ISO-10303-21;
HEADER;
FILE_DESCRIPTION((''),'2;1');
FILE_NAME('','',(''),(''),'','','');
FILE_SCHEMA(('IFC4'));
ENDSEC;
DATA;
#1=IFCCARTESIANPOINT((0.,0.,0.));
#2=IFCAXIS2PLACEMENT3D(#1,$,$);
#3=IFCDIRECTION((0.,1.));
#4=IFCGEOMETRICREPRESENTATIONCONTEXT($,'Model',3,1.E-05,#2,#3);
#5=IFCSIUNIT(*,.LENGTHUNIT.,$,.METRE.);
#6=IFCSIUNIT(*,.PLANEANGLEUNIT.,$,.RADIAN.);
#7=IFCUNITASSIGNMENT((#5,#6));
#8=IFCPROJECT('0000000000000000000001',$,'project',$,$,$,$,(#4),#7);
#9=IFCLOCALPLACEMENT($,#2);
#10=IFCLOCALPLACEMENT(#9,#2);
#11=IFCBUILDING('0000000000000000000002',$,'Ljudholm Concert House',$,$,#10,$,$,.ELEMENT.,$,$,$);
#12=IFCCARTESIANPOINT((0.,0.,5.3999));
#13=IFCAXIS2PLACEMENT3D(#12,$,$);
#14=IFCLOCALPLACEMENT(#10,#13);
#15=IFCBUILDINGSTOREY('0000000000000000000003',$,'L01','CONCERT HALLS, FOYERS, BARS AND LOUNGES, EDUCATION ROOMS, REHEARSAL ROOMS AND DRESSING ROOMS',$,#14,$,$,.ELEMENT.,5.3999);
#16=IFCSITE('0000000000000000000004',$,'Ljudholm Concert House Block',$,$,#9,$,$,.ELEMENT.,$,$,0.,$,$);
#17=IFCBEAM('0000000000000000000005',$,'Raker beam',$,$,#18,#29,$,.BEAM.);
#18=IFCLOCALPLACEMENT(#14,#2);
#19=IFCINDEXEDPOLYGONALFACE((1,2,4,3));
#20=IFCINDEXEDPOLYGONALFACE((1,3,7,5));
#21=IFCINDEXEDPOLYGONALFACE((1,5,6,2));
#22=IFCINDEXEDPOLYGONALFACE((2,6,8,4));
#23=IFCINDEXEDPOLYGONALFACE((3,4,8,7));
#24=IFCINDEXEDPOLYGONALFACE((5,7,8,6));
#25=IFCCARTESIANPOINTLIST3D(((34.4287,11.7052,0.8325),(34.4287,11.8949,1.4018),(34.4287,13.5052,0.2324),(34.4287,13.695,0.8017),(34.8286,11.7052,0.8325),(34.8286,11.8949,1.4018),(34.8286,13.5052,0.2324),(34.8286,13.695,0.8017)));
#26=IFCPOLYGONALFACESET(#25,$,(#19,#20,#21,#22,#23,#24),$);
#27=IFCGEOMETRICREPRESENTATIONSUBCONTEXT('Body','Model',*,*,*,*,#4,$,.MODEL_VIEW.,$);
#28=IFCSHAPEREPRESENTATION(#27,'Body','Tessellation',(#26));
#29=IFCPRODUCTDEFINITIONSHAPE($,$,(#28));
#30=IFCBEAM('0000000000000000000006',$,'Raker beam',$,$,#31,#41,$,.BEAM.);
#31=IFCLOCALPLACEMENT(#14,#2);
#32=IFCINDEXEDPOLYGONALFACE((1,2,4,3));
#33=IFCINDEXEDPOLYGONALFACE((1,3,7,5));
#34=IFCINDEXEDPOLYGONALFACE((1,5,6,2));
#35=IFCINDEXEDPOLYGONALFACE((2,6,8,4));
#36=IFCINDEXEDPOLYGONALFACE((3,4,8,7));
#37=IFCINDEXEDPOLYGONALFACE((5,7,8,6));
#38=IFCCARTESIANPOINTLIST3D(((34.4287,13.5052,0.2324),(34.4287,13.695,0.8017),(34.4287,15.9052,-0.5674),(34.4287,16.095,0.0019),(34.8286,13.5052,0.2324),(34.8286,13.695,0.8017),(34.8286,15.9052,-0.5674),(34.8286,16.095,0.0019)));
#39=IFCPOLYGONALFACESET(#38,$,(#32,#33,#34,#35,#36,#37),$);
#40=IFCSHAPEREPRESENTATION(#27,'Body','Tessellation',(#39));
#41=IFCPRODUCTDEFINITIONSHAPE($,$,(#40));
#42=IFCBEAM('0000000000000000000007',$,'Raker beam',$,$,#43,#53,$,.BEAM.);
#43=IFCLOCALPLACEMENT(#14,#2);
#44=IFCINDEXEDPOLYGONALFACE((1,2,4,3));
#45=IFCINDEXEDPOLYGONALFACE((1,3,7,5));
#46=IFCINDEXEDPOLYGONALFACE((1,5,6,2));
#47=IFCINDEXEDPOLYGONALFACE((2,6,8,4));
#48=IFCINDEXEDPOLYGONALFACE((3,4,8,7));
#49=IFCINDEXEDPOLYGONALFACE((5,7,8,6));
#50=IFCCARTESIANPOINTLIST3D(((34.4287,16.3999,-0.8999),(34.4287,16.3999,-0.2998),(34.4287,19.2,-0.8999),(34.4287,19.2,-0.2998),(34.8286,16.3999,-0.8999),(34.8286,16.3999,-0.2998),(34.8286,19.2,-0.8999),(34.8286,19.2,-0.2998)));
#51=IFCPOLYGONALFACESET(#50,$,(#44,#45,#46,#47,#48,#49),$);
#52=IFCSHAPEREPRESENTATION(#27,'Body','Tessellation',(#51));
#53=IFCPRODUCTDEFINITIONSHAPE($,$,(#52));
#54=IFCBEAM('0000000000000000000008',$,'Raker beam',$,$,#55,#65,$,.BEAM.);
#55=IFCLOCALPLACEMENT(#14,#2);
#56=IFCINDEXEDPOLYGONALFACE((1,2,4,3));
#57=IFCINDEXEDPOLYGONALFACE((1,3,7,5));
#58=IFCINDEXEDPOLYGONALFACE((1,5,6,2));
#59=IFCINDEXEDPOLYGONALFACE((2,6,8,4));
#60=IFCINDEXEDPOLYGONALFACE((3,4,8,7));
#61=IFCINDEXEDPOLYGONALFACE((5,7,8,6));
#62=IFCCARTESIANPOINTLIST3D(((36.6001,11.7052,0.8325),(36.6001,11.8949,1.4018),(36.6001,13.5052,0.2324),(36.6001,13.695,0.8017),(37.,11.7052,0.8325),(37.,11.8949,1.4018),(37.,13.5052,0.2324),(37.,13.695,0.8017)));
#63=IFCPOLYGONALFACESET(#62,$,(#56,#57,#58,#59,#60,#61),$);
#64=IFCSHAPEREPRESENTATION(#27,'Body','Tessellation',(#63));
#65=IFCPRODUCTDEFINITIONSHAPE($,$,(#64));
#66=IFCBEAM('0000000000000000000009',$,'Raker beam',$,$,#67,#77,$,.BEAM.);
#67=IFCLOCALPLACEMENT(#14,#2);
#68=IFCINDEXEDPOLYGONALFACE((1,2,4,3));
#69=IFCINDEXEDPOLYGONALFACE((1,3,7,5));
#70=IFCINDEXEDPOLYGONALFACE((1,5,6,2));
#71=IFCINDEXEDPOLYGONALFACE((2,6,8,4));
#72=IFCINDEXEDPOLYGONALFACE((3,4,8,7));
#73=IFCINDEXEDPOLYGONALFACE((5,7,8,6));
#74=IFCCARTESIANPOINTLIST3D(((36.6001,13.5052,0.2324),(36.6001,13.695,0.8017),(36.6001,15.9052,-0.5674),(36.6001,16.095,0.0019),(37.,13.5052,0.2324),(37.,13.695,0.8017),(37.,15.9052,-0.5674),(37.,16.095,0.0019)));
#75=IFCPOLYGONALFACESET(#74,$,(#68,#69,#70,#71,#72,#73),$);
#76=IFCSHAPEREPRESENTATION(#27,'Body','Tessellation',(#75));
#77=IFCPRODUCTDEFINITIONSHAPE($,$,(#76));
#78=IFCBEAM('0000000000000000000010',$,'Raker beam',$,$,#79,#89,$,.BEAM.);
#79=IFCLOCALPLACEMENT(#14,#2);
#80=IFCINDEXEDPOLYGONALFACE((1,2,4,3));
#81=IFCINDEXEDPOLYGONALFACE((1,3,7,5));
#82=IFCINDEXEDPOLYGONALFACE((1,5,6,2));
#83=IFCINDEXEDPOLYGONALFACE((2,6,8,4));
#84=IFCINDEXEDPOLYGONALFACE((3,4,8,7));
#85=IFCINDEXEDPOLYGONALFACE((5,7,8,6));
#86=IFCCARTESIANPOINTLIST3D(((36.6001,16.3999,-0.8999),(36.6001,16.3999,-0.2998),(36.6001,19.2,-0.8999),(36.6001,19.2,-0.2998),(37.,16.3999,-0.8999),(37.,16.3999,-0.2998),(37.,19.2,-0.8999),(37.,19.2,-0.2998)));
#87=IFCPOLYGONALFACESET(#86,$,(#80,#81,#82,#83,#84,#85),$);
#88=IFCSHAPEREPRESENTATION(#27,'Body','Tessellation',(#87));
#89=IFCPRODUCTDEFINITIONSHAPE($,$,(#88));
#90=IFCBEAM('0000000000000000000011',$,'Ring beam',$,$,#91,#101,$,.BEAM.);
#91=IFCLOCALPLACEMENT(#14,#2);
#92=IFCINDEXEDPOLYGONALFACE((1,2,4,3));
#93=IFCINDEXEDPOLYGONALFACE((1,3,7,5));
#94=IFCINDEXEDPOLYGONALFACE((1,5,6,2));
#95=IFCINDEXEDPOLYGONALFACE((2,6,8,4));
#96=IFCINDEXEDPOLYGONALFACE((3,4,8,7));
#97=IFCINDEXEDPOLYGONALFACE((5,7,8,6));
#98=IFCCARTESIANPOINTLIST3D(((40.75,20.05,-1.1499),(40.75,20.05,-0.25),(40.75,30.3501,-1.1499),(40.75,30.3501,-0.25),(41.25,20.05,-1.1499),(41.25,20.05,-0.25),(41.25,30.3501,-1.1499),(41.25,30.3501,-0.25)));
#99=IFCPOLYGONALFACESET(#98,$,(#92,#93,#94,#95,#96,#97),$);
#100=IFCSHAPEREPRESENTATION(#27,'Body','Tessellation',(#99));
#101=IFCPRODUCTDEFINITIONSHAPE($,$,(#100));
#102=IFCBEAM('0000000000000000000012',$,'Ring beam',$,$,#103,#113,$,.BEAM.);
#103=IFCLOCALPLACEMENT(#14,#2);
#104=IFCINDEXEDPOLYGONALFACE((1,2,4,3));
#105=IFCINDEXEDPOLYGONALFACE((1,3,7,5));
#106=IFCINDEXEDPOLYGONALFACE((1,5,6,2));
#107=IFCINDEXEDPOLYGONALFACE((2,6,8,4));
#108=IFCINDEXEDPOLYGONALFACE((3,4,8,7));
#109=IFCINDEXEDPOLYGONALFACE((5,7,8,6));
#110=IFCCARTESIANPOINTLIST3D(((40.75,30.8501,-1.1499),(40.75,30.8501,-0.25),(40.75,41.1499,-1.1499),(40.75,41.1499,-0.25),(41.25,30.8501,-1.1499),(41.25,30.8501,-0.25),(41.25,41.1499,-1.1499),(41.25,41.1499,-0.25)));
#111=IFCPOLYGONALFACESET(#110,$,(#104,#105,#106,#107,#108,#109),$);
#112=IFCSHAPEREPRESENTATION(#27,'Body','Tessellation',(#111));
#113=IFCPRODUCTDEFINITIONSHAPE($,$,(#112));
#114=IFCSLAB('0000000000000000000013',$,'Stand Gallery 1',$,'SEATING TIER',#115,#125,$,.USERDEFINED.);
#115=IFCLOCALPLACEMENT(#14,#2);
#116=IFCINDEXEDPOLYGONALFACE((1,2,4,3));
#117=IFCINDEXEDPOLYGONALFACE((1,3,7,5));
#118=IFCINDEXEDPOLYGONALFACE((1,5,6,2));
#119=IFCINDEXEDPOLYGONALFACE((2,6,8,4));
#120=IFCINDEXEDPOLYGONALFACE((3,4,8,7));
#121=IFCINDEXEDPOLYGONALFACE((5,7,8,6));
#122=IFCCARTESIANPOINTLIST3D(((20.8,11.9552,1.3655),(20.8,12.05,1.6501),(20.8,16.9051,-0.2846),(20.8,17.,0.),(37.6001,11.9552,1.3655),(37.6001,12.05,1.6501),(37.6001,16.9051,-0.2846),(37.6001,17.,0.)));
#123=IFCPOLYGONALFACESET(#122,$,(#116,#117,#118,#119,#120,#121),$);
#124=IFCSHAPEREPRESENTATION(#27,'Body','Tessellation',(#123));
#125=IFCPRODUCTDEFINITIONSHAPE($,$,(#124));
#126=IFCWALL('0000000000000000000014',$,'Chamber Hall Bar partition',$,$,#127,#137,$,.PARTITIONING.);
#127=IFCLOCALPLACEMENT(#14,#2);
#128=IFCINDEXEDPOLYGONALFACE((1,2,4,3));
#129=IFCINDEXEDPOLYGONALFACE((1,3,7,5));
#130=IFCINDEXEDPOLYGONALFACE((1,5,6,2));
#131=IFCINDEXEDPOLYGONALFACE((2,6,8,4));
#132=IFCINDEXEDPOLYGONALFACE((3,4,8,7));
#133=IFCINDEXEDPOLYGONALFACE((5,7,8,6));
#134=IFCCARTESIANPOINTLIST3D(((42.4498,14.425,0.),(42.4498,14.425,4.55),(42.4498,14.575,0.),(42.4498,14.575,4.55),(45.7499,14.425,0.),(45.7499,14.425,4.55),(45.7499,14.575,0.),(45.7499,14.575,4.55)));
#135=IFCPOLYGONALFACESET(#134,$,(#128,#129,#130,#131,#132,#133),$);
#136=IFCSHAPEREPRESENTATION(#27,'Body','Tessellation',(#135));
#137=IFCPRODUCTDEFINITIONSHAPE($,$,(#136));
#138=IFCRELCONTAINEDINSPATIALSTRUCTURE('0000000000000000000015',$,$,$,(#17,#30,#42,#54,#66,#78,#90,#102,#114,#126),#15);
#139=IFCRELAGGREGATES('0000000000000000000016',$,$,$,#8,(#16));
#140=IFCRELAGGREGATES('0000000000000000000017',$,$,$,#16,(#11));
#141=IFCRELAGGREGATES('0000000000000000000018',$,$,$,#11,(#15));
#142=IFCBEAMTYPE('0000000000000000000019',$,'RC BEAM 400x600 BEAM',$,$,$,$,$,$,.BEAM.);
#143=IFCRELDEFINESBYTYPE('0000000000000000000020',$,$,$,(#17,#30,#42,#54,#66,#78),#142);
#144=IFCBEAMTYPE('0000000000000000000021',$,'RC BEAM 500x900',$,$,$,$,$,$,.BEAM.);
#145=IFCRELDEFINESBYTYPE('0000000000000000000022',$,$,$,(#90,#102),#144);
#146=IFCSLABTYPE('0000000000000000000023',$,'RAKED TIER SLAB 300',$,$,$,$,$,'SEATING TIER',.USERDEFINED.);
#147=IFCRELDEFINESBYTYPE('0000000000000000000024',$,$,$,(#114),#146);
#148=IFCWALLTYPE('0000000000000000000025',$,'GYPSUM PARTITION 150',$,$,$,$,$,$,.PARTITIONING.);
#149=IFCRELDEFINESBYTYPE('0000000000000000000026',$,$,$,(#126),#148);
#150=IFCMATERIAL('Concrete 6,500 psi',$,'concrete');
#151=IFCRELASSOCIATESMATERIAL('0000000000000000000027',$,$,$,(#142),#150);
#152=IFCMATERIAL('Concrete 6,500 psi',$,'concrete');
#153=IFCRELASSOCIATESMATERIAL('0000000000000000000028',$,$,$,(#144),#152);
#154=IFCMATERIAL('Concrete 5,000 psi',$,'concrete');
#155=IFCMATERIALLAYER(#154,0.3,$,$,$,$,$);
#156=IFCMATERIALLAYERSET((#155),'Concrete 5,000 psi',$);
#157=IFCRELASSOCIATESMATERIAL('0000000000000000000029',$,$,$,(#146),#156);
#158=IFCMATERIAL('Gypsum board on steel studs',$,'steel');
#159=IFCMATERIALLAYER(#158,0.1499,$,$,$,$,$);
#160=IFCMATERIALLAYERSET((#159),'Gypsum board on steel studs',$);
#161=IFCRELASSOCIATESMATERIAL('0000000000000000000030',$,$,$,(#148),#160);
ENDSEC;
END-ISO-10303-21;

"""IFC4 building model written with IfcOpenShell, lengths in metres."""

from ifc_helpers import new_model, si_unit, direction, frame, frame_2d, origin, origin_2d, place, context, subcontext, project, spatial, polyline, rectangle, outline, extrude, material, layer, layer_set, material_profile, profile_set, type_object, element, save


model = new_model("IFC4")

# Units and contexts
model_context = context("Model", 3, precision=1e-05, world=origin(), true_north=direction((0.0, 1.0)))
body_context = subcontext(model_context, "Body", "Model", "MODEL_VIEW")
ifc_project = project(units=[si_unit("LENGTHUNIT", "METRE"), si_unit("PLANEANGLEUNIT", "RADIAN")], contexts=[model_context])

# Site, building, storey
site_placement = place(None, origin())
site = spatial("IfcSite", under=ifc_project, at=site_placement, Name="Ljudholm Concert House Block", CompositionType="ELEMENT", RefElevation=0.0)
building_placement = place(site_placement, origin())
building = spatial("IfcBuilding", under=site, at=building_placement, Name="Ljudholm Concert House", CompositionType="ELEMENT")
storey_placement = place(building_placement, frame((0.0, 0.0, 5.3999)))
storey = spatial("IfcBuildingStorey", under=building, at=storey_placement, Name="L01", Description="CONCERT HALLS, FOYERS, BARS AND LOUNGES, EDUCATION ROOMS, REHEARSAL ROOMS AND DRESSING ROOMS", CompositionType="ELEMENT", Elevation=5.3999)

# Beams
ifc_material_1 = material(Name="Concrete 6,500 psi", Category="concrete")
ifc_material_profile_1 = material_profile(ifc_material_1, rectangle(XDim=0.3999, YDim=0.6001, at=origin_2d()), Name="RC BEAM 400x600 BEAM")
ifc_profile_set_1 = profile_set([ifc_material_profile_1], Name="Concrete 6,500 psi")
beam_type_1 = type_object("IfcBeamType", Name="RC BEAM 400x600 BEAM", PredefinedType="BEAM", material=ifc_profile_set_1)
beam_1_placement = place(storey_placement, frame((34.6287, 11.8, 1.1172), z_axis=(0.0, 0.94867, -0.316266), x_axis=(-1.0, 0.0, 0.0)))
element("IfcBeam", 1, at=beam_1_placement, inside=storey, type_object=beam_type_1, Name="Raker beam", PredefinedType="BEAM", context=body_context, shape_type="SweptSolid", body=[
    extrude(rectangle(XDim=0.3999, YDim=0.6001, at=origin_2d()), origin(), (0.0, 0.0, 1.0), 1.8975),
])
beam_2_placement = place(storey_placement, frame((34.6287, 13.6001, 0.5171), z_axis=(0.0, 0.948703, -0.31617), x_axis=(-1.0, 0.0, 0.0)))
element("IfcBeam", 2, at=beam_2_placement, inside=storey, type_object=beam_type_1, Name="Raker beam", PredefinedType="BEAM", context=body_context, shape_type="SweptSolid", body=[
    extrude(rectangle(XDim=0.3999, YDim=0.6001, at=origin_2d()), origin(), (0.0, 0.0, 1.0), 2.5298),
])
beam_3_placement = place(storey_placement, frame((34.6287, 16.3999, -0.5999), z_axis=(0.0, 1.0, 0.0), x_axis=(-1.0, 0.0, 0.0)))
element("IfcBeam", 3, at=beam_3_placement, inside=storey, type_object=beam_type_1, Name="Raker beam", PredefinedType="BEAM", context=body_context, shape_type="SweptSolid", body=[
    extrude(rectangle(XDim=0.3999, YDim=0.6001, at=origin_2d()), origin(), (0.0, 0.0, 1.0), 2.8),
])
beam_4_placement = place(storey_placement, frame((36.8, 11.8, 1.1172), z_axis=(0.0, 0.94867, -0.316266), x_axis=(-1.0, 0.0, 0.0)))
element("IfcBeam", 4, at=beam_4_placement, inside=storey, type_object=beam_type_1, Name="Raker beam", PredefinedType="BEAM", context=body_context, shape_type="SweptSolid", body=[
    extrude(rectangle(XDim=0.3999, YDim=0.6001, at=origin_2d()), origin(), (0.0, 0.0, 1.0), 1.8975),
])
beam_5_placement = place(storey_placement, frame((36.8, 13.6001, 0.5171), z_axis=(0.0, 0.948703, -0.31617), x_axis=(-1.0, 0.0, 0.0)))
element("IfcBeam", 5, at=beam_5_placement, inside=storey, type_object=beam_type_1, Name="Raker beam", PredefinedType="BEAM", context=body_context, shape_type="SweptSolid", body=[
    extrude(rectangle(XDim=0.3999, YDim=0.6001, at=origin_2d()), origin(), (0.0, 0.0, 1.0), 2.5298),
])
beam_6_placement = place(storey_placement, frame((36.8, 16.3999, -0.5999), z_axis=(0.0, 1.0, 0.0), x_axis=(-1.0, 0.0, 0.0)))
element("IfcBeam", 6, at=beam_6_placement, inside=storey, type_object=beam_type_1, Name="Raker beam", PredefinedType="BEAM", context=body_context, shape_type="SweptSolid", body=[
    extrude(rectangle(XDim=0.3999, YDim=0.6001, at=origin_2d()), origin(), (0.0, 0.0, 1.0), 2.8),
])
ifc_material_2 = material(Name="Concrete 6,500 psi", Category="concrete")
ifc_material_profile_2 = material_profile(ifc_material_2, rectangle(XDim=0.5, YDim=0.8999, at=origin_2d()), Name="RC BEAM 500x900")
ifc_profile_set_2 = profile_set([ifc_material_profile_2], Name="Concrete 6,500 psi")
beam_type_2 = type_object("IfcBeamType", Name="RC BEAM 500x900", PredefinedType="BEAM", material=ifc_profile_set_2)
beam_7_placement = place(storey_placement, frame((41.0, 20.05, -0.7), z_axis=(0.0, 1.0, 0.0), x_axis=(-1.0, 0.0, 0.0)))
element("IfcBeam", 7, at=beam_7_placement, inside=storey, type_object=beam_type_2, Name="Ring beam", PredefinedType="BEAM", context=body_context, shape_type="SweptSolid", body=[
    extrude(rectangle(XDim=0.5, YDim=0.8999, at=origin_2d()), origin(), (0.0, 0.0, 1.0), 10.3),
])
beam_8_placement = place(storey_placement, frame((41.0, 30.8501, -0.7), z_axis=(0.0, 1.0, 0.0), x_axis=(-1.0, 0.0, 0.0)))
element("IfcBeam", 8, at=beam_8_placement, inside=storey, type_object=beam_type_2, Name="Ring beam", PredefinedType="BEAM", context=body_context, shape_type="SweptSolid", body=[
    extrude(rectangle(XDim=0.5, YDim=0.8999, at=origin_2d()), origin(), (0.0, 0.0, 1.0), 10.2998),
])

# Slab
ifc_material_3 = material(Name="Concrete 5,000 psi", Category="concrete")
ifc_layer_1 = layer(ifc_material_3, 0.3)
ifc_layer_set_1 = layer_set([ifc_layer_1], Name="Concrete 5,000 psi")
slab_type = type_object("IfcSlabType", Name="RAKED TIER SLAB 300", ElementType="SEATING TIER", PredefinedType="USERDEFINED", material=ifc_layer_set_1)
slab_placement = place(storey_placement, frame((20.8, 17.0, 0.0), z_axis=(0.0, 0.316256, 0.948674), x_axis=(1.0, 0.0, 0.0)))
element("IfcSlab", 9, at=slab_placement, inside=storey, type_object=slab_type, Name="Stand Gallery 1", ObjectType="SEATING TIER", PredefinedType="USERDEFINED", context=body_context, shape_type="SweptSolid", body=[
    extrude(outline(polyline([(0.0, 0.0), (16.8, 0.0), (16.8, -5.2178), (0.0, -5.2178), (0.0, 0.0)])), origin(), (0.0, 0.0, -1.0), 0.3),
])

# Wall
ifc_material_4 = material(Name="Gypsum board on steel studs", Category="steel")
ifc_layer_2 = layer(ifc_material_4, 0.1499)
ifc_layer_set_2 = layer_set([ifc_layer_2], Name="Gypsum board on steel studs")
wall_type = type_object("IfcWallType", Name="GYPSUM PARTITION 150", PredefinedType="PARTITIONING", material=ifc_layer_set_2)
wall_placement = place(storey_placement, frame((42.45, 14.5, 0.0), z_axis=(0.0, 0.0, 1.0), x_axis=(1.0, 0.0, 0.0)))
element("IfcWall", 10, at=wall_placement, inside=storey, type_object=wall_type, Name="Chamber Hall Bar partition", PredefinedType="PARTITIONING", context=body_context, shape_type="SweptSolid", body=[
    extrude(rectangle(XDim=3.3, YDim=0.1499, at=frame_2d((1.6499, 0.0))), origin(), (0.0, 0.0, 1.0), 4.55),
])

save(model, "model.ifc")
